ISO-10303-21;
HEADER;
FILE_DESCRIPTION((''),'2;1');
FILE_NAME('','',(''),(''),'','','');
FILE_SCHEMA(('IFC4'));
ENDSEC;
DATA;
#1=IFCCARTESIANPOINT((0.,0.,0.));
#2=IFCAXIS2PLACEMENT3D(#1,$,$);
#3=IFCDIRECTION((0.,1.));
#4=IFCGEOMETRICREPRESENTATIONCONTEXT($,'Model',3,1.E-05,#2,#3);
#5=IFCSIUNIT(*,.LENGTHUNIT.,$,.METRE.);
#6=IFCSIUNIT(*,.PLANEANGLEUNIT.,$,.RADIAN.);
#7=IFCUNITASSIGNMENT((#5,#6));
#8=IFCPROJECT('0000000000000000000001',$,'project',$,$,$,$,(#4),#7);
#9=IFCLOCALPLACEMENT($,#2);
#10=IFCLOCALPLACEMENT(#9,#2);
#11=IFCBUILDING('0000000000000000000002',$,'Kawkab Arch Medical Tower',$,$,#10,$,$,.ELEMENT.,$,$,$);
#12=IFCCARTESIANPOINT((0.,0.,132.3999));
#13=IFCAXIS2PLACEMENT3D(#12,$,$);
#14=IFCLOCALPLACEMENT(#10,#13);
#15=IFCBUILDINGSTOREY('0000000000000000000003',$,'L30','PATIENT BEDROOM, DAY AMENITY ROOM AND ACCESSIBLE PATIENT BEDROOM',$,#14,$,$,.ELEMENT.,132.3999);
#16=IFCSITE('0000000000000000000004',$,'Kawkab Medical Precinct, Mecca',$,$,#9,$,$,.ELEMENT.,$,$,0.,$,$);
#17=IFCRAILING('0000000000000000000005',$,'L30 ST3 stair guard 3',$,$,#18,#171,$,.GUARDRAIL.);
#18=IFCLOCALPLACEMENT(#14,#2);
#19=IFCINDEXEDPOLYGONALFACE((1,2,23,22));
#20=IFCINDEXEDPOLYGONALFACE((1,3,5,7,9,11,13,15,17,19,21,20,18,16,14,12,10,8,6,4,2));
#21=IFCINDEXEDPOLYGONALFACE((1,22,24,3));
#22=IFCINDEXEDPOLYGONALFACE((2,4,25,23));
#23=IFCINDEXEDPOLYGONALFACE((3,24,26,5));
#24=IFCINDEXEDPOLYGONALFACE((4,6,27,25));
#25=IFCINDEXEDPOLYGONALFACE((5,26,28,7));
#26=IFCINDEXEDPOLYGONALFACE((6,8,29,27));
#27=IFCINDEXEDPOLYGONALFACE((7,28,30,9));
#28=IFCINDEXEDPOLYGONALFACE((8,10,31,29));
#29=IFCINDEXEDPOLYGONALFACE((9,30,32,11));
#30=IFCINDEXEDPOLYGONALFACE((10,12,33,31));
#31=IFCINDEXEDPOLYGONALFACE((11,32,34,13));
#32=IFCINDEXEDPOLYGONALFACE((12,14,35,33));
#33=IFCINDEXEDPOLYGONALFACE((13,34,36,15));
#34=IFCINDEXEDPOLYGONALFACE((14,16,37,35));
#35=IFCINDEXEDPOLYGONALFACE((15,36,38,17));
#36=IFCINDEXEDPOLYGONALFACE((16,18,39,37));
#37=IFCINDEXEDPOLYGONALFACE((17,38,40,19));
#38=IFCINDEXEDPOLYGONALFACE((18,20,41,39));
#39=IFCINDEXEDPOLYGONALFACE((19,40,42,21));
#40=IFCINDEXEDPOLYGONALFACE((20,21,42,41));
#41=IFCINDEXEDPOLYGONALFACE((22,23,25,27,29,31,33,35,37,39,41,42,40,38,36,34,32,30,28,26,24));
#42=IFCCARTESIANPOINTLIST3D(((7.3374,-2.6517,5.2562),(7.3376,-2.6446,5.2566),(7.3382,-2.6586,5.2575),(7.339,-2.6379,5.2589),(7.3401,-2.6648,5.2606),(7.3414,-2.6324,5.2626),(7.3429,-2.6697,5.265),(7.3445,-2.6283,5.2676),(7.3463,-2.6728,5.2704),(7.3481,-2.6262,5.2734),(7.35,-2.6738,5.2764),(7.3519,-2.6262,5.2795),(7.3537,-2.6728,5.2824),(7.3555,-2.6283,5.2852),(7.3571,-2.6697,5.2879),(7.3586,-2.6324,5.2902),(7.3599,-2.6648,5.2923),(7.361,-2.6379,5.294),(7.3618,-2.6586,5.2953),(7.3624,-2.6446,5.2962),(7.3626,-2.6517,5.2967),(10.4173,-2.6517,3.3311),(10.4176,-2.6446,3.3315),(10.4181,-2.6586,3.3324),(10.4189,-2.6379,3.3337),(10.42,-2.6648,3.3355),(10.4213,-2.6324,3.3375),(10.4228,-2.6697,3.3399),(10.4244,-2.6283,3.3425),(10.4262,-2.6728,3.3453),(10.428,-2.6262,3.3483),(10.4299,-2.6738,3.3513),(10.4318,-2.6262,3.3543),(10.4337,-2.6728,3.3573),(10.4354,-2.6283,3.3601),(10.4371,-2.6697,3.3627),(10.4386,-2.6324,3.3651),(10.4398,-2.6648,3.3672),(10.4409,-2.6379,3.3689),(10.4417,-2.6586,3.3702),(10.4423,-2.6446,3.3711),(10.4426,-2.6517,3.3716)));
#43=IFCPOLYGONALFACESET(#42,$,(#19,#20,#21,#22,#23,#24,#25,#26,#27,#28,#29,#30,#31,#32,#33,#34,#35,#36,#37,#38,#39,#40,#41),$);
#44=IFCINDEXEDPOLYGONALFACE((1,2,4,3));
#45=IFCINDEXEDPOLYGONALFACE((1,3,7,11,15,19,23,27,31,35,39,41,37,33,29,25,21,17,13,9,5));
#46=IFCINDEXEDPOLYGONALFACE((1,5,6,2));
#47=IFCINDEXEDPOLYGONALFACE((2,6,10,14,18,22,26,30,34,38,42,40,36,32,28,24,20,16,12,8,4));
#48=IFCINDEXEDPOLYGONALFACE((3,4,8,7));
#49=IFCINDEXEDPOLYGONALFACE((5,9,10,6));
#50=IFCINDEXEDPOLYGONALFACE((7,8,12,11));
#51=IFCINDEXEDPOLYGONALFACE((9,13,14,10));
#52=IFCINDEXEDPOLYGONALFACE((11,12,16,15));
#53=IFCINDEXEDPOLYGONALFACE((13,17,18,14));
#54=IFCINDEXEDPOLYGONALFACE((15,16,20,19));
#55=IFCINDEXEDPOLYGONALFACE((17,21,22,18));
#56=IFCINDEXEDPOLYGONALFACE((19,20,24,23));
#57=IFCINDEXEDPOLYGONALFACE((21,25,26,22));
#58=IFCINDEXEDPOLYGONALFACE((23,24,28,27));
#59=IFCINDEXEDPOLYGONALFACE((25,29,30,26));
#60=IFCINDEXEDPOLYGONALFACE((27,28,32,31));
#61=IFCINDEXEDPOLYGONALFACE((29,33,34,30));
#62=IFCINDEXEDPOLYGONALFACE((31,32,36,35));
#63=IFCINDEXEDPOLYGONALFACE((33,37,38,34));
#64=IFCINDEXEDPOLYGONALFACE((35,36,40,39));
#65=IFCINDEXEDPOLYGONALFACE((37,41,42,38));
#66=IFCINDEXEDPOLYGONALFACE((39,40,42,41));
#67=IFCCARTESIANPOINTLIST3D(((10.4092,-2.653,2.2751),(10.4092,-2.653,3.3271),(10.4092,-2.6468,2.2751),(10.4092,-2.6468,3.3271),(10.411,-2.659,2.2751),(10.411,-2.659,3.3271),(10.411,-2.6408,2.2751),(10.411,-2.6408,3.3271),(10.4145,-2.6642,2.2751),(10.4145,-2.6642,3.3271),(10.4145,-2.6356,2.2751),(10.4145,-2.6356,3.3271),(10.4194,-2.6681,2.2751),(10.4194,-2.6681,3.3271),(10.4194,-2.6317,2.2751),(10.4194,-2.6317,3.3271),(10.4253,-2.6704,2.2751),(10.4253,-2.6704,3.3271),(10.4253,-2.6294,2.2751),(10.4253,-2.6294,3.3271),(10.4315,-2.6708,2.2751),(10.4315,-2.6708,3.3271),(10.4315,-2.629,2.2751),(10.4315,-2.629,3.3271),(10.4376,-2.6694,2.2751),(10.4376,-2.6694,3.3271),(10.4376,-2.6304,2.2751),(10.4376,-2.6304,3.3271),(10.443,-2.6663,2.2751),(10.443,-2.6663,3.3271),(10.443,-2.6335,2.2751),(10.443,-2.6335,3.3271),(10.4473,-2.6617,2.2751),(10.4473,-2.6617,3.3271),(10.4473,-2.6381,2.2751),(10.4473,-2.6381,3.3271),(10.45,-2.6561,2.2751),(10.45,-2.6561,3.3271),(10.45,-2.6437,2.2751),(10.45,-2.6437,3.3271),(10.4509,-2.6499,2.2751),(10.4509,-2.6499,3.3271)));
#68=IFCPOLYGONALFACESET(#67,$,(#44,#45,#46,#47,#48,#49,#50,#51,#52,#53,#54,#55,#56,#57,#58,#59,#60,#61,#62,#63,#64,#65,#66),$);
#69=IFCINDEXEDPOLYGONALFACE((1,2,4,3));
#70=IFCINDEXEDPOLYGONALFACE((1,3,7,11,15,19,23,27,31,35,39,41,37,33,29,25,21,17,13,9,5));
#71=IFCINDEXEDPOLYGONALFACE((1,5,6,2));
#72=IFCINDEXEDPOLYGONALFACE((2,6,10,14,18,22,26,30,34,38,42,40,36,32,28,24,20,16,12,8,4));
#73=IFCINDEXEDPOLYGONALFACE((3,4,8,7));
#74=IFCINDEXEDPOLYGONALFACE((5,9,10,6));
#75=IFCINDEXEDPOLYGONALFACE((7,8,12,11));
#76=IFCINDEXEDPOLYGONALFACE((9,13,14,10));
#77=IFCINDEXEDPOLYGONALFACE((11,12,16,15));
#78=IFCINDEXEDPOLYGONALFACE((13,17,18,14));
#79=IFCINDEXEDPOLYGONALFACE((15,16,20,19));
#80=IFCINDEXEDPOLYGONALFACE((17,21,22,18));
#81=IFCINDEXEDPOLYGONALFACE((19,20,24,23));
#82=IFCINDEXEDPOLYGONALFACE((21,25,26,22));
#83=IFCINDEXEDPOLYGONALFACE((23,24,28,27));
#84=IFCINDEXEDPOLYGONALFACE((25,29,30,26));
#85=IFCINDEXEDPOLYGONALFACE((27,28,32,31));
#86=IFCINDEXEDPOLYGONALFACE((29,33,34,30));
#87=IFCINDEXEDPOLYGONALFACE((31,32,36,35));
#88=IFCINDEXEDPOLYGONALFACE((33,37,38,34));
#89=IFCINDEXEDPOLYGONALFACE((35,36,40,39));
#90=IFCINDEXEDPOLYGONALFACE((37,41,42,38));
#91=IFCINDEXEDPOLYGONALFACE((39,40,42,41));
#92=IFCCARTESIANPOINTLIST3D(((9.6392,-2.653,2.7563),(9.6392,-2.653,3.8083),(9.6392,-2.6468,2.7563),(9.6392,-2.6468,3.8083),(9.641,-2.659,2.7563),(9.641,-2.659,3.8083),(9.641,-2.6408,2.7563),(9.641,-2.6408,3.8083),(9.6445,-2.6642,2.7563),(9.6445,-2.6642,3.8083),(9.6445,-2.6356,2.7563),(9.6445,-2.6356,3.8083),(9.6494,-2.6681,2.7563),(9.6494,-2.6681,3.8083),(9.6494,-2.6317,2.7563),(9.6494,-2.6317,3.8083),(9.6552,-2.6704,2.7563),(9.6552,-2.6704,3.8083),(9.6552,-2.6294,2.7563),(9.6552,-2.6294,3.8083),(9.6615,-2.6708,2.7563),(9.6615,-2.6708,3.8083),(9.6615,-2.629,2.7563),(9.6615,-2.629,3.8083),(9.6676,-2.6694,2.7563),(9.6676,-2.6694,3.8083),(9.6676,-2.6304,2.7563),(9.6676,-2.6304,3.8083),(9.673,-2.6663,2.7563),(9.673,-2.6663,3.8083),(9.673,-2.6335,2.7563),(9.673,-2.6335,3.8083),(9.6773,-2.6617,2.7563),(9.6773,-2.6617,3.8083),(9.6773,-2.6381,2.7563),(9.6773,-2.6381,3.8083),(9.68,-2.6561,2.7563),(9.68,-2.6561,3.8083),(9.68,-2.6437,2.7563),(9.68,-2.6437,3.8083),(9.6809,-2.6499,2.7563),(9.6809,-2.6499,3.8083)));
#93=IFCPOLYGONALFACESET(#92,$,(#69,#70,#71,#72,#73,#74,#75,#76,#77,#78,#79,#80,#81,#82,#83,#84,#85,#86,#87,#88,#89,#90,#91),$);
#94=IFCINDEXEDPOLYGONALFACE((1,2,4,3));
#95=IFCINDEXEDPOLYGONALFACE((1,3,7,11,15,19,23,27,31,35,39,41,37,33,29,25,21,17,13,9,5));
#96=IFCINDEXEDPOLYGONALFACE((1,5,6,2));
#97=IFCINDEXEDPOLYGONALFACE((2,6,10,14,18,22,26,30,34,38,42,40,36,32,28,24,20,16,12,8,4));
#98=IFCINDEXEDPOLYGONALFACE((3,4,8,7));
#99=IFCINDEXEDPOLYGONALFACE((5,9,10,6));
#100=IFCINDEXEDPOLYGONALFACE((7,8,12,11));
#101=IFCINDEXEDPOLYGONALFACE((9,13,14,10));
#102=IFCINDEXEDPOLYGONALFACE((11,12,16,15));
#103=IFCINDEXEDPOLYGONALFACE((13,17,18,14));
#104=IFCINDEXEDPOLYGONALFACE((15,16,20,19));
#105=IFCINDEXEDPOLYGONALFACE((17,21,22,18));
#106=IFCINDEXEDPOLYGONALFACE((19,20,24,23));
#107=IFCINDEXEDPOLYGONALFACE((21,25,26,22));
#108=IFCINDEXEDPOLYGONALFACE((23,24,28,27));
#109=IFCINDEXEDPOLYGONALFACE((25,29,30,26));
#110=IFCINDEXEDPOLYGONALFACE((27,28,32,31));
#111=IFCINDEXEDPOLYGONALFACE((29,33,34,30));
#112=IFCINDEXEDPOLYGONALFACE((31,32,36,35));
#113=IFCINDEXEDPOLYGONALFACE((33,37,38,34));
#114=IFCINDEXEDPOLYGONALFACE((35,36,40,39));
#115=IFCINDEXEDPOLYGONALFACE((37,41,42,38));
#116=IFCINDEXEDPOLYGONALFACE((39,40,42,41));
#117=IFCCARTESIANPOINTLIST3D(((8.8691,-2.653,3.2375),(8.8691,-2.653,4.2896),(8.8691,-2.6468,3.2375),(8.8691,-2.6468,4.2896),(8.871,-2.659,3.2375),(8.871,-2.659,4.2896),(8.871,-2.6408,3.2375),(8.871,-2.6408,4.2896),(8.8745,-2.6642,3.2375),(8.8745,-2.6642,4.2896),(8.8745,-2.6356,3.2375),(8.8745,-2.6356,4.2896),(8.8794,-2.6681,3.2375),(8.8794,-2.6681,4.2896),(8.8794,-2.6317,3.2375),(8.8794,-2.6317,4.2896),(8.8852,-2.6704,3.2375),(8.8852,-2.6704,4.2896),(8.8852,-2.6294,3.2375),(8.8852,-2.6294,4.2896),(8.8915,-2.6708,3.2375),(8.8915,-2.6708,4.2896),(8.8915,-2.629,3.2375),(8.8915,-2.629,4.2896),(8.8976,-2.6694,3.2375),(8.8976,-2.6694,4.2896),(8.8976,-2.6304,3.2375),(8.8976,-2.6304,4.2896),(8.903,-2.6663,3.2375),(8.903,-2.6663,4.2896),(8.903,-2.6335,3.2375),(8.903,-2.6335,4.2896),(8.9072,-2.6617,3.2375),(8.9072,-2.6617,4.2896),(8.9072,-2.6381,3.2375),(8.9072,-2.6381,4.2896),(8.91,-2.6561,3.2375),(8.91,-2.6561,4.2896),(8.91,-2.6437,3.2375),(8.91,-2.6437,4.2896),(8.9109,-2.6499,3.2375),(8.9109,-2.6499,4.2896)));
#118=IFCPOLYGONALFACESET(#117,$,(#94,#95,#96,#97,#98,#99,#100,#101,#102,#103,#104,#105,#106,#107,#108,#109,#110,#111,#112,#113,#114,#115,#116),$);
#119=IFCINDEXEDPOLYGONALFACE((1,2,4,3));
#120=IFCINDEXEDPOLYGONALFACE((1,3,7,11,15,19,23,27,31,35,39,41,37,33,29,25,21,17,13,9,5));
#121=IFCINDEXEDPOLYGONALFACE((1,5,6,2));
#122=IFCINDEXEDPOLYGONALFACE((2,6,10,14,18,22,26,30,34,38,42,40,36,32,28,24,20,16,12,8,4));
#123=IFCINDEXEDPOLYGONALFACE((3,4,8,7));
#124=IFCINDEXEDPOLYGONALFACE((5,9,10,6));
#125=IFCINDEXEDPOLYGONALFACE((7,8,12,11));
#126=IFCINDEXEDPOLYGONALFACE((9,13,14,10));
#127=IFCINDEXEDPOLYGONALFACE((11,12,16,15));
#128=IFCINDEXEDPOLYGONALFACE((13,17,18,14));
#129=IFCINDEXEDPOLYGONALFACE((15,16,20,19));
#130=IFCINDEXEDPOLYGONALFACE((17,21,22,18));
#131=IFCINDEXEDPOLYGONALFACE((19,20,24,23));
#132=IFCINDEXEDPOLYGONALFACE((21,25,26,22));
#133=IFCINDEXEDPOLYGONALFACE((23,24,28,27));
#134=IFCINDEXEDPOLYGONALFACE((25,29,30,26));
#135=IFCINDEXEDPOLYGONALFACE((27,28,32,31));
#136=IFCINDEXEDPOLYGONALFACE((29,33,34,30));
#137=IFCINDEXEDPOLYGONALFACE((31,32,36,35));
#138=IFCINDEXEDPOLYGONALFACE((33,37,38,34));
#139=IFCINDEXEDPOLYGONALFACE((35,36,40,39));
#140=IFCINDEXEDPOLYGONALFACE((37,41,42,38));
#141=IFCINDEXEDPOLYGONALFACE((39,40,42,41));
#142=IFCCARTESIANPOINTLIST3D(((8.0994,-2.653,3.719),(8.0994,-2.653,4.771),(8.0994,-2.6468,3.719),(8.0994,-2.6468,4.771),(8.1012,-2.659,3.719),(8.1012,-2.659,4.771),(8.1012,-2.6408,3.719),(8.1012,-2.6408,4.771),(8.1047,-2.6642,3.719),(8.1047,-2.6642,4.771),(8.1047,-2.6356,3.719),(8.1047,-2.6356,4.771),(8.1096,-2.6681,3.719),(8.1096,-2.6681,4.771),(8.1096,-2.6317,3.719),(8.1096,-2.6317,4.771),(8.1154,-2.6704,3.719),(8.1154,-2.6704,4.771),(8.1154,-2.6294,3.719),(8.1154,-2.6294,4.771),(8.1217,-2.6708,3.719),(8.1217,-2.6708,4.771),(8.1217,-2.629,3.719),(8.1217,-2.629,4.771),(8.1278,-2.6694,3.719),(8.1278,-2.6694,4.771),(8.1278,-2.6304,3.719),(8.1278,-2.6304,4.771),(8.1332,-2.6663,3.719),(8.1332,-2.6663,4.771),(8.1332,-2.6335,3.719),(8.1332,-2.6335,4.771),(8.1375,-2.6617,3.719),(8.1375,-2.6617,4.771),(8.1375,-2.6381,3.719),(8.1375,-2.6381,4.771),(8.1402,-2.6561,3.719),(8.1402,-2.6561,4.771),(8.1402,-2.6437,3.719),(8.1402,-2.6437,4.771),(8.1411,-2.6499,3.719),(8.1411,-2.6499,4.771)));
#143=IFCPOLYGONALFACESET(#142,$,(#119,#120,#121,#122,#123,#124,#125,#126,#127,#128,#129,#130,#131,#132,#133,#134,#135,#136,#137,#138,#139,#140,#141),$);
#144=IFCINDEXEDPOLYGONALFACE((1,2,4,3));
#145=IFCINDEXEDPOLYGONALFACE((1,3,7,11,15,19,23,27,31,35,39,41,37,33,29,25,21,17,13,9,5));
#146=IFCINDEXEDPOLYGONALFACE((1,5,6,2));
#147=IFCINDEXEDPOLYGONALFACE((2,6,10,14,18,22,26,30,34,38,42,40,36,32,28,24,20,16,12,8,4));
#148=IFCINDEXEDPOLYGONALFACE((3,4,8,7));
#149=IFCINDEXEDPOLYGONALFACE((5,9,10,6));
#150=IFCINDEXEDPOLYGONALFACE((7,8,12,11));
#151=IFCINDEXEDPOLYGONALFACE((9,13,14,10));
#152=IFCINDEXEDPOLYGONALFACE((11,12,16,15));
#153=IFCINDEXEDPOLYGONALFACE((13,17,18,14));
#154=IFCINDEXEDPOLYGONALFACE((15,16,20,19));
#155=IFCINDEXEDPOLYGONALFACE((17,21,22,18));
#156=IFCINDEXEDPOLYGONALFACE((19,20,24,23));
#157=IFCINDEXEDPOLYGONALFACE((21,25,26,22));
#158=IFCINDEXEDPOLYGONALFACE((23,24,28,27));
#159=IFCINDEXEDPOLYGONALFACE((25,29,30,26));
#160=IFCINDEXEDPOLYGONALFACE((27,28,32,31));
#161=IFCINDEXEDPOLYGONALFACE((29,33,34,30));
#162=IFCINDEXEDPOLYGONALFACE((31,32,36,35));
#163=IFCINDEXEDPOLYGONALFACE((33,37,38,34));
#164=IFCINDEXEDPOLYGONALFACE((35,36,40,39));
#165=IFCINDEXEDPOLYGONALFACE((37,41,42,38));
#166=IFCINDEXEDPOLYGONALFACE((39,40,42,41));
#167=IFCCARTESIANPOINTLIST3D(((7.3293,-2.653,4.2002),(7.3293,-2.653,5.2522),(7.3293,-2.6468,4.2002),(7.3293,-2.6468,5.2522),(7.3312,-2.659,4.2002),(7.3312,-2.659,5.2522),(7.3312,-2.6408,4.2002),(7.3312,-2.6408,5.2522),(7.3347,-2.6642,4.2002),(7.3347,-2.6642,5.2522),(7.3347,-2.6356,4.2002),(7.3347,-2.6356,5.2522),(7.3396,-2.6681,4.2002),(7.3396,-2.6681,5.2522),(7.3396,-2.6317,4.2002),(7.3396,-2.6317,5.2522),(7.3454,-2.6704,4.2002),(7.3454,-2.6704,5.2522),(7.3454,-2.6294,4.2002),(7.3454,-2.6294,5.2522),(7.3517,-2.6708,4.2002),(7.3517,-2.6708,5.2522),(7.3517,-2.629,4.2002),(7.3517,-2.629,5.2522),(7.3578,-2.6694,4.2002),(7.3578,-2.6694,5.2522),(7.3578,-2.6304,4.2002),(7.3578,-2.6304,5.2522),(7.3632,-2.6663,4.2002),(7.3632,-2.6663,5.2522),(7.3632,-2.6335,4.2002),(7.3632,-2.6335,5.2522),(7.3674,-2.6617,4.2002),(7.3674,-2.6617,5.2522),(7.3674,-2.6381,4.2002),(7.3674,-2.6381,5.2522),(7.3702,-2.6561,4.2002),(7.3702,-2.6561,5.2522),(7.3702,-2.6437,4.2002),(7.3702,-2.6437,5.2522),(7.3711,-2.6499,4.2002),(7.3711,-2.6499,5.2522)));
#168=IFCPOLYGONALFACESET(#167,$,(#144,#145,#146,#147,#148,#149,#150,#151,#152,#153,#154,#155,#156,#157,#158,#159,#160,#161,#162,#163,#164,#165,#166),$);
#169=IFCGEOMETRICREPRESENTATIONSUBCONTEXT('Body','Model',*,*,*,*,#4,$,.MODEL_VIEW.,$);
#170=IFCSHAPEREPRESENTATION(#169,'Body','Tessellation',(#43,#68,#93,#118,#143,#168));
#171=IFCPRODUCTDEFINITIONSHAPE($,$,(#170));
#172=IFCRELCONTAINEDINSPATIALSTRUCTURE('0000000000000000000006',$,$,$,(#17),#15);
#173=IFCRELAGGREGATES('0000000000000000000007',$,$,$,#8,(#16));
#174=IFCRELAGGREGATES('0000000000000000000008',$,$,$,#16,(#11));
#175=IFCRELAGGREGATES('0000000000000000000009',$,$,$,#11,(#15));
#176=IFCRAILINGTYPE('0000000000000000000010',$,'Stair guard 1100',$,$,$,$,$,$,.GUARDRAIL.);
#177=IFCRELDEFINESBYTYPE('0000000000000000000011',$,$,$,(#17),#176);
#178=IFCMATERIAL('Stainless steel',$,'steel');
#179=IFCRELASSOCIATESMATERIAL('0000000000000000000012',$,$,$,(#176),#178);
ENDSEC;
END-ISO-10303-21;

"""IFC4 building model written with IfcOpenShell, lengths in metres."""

from ifc_helpers import new_model, si_unit, direction, frame, origin, origin_2d, place, context, subcontext, project, spatial, circle, extrude, material, type_object, element, save


model = new_model("IFC4")

# Units and contexts
model_context = context("Model", 3, precision=1e-05, world=origin(), true_north=direction((0.0, 1.0)))
body_context = subcontext(model_context, "Body", "Model", "MODEL_VIEW")
ifc_project = project(units=[si_unit("LENGTHUNIT", "METRE"), si_unit("PLANEANGLEUNIT", "RADIAN")], contexts=[model_context])

# Site, building, storey
site_placement = place(None, origin())
site = spatial("IfcSite", under=ifc_project, at=site_placement, Name="Kawkab Medical Precinct, Mecca", CompositionType="ELEMENT", RefElevation=0.0)
building_placement = place(site_placement, origin())
building = spatial("IfcBuilding", under=site, at=building_placement, Name="Kawkab Arch Medical Tower", CompositionType="ELEMENT")
storey_placement = place(building_placement, frame((0.0, 0.0, 132.3999)))
storey = spatial("IfcBuildingStorey", under=building, at=storey_placement, Name="L30", Description="PATIENT BEDROOM, DAY AMENITY ROOM AND ACCESSIBLE PATIENT BEDROOM", CompositionType="ELEMENT", Elevation=132.3999)

# Railing
ifc_material_1 = material(Name="Stainless steel", Category="steel")
railing_type_1 = type_object("IfcRailingType", Name="Stair guard 1100", PredefinedType="GUARDRAIL", material=ifc_material_1)
railing_1_placement = place(storey_placement, frame((10.4299, -2.6499, 2.2751)))
element("IfcRailing", 1, at=railing_1_placement, inside=storey, type_object=railing_type_1, Name="L30 ST3 stair guard 3", PredefinedType="GUARDRAIL", context=body_context, shape_type="SweptSolid", body=[
    extrude(circle(Radius=0.0239, at=origin_2d()), frame((0.0, 0.0, 1.0762), z_axis=(-0.847979, 0.0, 0.530029), x_axis=(0.0, -1.0, 0.0)), (0.0, 0.0, 1.0), 3.6321),
    extrude(circle(Radius=0.021, at=origin_2d()), origin(), (0.0, 0.0, 1.0), 1.052),
    extrude(circle(Radius=0.021, at=origin_2d()), frame((-0.77, 0.0, 0.4812)), (0.0, 0.0, 1.0), 1.052),
    extrude(circle(Radius=0.021, at=origin_2d()), frame((-1.54, 0.0, 0.9624)), (0.0, 0.0, 1.0), 1.052),
    extrude(circle(Radius=0.021, at=origin_2d()), frame((-2.3098, 0.0, 1.4438)), (0.0, 0.0, 1.0), 1.052),
    extrude(circle(Radius=0.021, at=origin_2d()), frame((-3.0798, 0.0, 1.925)), (0.0, 0.0, 1.0), 1.052),
])

save(model, "model.ifc")
